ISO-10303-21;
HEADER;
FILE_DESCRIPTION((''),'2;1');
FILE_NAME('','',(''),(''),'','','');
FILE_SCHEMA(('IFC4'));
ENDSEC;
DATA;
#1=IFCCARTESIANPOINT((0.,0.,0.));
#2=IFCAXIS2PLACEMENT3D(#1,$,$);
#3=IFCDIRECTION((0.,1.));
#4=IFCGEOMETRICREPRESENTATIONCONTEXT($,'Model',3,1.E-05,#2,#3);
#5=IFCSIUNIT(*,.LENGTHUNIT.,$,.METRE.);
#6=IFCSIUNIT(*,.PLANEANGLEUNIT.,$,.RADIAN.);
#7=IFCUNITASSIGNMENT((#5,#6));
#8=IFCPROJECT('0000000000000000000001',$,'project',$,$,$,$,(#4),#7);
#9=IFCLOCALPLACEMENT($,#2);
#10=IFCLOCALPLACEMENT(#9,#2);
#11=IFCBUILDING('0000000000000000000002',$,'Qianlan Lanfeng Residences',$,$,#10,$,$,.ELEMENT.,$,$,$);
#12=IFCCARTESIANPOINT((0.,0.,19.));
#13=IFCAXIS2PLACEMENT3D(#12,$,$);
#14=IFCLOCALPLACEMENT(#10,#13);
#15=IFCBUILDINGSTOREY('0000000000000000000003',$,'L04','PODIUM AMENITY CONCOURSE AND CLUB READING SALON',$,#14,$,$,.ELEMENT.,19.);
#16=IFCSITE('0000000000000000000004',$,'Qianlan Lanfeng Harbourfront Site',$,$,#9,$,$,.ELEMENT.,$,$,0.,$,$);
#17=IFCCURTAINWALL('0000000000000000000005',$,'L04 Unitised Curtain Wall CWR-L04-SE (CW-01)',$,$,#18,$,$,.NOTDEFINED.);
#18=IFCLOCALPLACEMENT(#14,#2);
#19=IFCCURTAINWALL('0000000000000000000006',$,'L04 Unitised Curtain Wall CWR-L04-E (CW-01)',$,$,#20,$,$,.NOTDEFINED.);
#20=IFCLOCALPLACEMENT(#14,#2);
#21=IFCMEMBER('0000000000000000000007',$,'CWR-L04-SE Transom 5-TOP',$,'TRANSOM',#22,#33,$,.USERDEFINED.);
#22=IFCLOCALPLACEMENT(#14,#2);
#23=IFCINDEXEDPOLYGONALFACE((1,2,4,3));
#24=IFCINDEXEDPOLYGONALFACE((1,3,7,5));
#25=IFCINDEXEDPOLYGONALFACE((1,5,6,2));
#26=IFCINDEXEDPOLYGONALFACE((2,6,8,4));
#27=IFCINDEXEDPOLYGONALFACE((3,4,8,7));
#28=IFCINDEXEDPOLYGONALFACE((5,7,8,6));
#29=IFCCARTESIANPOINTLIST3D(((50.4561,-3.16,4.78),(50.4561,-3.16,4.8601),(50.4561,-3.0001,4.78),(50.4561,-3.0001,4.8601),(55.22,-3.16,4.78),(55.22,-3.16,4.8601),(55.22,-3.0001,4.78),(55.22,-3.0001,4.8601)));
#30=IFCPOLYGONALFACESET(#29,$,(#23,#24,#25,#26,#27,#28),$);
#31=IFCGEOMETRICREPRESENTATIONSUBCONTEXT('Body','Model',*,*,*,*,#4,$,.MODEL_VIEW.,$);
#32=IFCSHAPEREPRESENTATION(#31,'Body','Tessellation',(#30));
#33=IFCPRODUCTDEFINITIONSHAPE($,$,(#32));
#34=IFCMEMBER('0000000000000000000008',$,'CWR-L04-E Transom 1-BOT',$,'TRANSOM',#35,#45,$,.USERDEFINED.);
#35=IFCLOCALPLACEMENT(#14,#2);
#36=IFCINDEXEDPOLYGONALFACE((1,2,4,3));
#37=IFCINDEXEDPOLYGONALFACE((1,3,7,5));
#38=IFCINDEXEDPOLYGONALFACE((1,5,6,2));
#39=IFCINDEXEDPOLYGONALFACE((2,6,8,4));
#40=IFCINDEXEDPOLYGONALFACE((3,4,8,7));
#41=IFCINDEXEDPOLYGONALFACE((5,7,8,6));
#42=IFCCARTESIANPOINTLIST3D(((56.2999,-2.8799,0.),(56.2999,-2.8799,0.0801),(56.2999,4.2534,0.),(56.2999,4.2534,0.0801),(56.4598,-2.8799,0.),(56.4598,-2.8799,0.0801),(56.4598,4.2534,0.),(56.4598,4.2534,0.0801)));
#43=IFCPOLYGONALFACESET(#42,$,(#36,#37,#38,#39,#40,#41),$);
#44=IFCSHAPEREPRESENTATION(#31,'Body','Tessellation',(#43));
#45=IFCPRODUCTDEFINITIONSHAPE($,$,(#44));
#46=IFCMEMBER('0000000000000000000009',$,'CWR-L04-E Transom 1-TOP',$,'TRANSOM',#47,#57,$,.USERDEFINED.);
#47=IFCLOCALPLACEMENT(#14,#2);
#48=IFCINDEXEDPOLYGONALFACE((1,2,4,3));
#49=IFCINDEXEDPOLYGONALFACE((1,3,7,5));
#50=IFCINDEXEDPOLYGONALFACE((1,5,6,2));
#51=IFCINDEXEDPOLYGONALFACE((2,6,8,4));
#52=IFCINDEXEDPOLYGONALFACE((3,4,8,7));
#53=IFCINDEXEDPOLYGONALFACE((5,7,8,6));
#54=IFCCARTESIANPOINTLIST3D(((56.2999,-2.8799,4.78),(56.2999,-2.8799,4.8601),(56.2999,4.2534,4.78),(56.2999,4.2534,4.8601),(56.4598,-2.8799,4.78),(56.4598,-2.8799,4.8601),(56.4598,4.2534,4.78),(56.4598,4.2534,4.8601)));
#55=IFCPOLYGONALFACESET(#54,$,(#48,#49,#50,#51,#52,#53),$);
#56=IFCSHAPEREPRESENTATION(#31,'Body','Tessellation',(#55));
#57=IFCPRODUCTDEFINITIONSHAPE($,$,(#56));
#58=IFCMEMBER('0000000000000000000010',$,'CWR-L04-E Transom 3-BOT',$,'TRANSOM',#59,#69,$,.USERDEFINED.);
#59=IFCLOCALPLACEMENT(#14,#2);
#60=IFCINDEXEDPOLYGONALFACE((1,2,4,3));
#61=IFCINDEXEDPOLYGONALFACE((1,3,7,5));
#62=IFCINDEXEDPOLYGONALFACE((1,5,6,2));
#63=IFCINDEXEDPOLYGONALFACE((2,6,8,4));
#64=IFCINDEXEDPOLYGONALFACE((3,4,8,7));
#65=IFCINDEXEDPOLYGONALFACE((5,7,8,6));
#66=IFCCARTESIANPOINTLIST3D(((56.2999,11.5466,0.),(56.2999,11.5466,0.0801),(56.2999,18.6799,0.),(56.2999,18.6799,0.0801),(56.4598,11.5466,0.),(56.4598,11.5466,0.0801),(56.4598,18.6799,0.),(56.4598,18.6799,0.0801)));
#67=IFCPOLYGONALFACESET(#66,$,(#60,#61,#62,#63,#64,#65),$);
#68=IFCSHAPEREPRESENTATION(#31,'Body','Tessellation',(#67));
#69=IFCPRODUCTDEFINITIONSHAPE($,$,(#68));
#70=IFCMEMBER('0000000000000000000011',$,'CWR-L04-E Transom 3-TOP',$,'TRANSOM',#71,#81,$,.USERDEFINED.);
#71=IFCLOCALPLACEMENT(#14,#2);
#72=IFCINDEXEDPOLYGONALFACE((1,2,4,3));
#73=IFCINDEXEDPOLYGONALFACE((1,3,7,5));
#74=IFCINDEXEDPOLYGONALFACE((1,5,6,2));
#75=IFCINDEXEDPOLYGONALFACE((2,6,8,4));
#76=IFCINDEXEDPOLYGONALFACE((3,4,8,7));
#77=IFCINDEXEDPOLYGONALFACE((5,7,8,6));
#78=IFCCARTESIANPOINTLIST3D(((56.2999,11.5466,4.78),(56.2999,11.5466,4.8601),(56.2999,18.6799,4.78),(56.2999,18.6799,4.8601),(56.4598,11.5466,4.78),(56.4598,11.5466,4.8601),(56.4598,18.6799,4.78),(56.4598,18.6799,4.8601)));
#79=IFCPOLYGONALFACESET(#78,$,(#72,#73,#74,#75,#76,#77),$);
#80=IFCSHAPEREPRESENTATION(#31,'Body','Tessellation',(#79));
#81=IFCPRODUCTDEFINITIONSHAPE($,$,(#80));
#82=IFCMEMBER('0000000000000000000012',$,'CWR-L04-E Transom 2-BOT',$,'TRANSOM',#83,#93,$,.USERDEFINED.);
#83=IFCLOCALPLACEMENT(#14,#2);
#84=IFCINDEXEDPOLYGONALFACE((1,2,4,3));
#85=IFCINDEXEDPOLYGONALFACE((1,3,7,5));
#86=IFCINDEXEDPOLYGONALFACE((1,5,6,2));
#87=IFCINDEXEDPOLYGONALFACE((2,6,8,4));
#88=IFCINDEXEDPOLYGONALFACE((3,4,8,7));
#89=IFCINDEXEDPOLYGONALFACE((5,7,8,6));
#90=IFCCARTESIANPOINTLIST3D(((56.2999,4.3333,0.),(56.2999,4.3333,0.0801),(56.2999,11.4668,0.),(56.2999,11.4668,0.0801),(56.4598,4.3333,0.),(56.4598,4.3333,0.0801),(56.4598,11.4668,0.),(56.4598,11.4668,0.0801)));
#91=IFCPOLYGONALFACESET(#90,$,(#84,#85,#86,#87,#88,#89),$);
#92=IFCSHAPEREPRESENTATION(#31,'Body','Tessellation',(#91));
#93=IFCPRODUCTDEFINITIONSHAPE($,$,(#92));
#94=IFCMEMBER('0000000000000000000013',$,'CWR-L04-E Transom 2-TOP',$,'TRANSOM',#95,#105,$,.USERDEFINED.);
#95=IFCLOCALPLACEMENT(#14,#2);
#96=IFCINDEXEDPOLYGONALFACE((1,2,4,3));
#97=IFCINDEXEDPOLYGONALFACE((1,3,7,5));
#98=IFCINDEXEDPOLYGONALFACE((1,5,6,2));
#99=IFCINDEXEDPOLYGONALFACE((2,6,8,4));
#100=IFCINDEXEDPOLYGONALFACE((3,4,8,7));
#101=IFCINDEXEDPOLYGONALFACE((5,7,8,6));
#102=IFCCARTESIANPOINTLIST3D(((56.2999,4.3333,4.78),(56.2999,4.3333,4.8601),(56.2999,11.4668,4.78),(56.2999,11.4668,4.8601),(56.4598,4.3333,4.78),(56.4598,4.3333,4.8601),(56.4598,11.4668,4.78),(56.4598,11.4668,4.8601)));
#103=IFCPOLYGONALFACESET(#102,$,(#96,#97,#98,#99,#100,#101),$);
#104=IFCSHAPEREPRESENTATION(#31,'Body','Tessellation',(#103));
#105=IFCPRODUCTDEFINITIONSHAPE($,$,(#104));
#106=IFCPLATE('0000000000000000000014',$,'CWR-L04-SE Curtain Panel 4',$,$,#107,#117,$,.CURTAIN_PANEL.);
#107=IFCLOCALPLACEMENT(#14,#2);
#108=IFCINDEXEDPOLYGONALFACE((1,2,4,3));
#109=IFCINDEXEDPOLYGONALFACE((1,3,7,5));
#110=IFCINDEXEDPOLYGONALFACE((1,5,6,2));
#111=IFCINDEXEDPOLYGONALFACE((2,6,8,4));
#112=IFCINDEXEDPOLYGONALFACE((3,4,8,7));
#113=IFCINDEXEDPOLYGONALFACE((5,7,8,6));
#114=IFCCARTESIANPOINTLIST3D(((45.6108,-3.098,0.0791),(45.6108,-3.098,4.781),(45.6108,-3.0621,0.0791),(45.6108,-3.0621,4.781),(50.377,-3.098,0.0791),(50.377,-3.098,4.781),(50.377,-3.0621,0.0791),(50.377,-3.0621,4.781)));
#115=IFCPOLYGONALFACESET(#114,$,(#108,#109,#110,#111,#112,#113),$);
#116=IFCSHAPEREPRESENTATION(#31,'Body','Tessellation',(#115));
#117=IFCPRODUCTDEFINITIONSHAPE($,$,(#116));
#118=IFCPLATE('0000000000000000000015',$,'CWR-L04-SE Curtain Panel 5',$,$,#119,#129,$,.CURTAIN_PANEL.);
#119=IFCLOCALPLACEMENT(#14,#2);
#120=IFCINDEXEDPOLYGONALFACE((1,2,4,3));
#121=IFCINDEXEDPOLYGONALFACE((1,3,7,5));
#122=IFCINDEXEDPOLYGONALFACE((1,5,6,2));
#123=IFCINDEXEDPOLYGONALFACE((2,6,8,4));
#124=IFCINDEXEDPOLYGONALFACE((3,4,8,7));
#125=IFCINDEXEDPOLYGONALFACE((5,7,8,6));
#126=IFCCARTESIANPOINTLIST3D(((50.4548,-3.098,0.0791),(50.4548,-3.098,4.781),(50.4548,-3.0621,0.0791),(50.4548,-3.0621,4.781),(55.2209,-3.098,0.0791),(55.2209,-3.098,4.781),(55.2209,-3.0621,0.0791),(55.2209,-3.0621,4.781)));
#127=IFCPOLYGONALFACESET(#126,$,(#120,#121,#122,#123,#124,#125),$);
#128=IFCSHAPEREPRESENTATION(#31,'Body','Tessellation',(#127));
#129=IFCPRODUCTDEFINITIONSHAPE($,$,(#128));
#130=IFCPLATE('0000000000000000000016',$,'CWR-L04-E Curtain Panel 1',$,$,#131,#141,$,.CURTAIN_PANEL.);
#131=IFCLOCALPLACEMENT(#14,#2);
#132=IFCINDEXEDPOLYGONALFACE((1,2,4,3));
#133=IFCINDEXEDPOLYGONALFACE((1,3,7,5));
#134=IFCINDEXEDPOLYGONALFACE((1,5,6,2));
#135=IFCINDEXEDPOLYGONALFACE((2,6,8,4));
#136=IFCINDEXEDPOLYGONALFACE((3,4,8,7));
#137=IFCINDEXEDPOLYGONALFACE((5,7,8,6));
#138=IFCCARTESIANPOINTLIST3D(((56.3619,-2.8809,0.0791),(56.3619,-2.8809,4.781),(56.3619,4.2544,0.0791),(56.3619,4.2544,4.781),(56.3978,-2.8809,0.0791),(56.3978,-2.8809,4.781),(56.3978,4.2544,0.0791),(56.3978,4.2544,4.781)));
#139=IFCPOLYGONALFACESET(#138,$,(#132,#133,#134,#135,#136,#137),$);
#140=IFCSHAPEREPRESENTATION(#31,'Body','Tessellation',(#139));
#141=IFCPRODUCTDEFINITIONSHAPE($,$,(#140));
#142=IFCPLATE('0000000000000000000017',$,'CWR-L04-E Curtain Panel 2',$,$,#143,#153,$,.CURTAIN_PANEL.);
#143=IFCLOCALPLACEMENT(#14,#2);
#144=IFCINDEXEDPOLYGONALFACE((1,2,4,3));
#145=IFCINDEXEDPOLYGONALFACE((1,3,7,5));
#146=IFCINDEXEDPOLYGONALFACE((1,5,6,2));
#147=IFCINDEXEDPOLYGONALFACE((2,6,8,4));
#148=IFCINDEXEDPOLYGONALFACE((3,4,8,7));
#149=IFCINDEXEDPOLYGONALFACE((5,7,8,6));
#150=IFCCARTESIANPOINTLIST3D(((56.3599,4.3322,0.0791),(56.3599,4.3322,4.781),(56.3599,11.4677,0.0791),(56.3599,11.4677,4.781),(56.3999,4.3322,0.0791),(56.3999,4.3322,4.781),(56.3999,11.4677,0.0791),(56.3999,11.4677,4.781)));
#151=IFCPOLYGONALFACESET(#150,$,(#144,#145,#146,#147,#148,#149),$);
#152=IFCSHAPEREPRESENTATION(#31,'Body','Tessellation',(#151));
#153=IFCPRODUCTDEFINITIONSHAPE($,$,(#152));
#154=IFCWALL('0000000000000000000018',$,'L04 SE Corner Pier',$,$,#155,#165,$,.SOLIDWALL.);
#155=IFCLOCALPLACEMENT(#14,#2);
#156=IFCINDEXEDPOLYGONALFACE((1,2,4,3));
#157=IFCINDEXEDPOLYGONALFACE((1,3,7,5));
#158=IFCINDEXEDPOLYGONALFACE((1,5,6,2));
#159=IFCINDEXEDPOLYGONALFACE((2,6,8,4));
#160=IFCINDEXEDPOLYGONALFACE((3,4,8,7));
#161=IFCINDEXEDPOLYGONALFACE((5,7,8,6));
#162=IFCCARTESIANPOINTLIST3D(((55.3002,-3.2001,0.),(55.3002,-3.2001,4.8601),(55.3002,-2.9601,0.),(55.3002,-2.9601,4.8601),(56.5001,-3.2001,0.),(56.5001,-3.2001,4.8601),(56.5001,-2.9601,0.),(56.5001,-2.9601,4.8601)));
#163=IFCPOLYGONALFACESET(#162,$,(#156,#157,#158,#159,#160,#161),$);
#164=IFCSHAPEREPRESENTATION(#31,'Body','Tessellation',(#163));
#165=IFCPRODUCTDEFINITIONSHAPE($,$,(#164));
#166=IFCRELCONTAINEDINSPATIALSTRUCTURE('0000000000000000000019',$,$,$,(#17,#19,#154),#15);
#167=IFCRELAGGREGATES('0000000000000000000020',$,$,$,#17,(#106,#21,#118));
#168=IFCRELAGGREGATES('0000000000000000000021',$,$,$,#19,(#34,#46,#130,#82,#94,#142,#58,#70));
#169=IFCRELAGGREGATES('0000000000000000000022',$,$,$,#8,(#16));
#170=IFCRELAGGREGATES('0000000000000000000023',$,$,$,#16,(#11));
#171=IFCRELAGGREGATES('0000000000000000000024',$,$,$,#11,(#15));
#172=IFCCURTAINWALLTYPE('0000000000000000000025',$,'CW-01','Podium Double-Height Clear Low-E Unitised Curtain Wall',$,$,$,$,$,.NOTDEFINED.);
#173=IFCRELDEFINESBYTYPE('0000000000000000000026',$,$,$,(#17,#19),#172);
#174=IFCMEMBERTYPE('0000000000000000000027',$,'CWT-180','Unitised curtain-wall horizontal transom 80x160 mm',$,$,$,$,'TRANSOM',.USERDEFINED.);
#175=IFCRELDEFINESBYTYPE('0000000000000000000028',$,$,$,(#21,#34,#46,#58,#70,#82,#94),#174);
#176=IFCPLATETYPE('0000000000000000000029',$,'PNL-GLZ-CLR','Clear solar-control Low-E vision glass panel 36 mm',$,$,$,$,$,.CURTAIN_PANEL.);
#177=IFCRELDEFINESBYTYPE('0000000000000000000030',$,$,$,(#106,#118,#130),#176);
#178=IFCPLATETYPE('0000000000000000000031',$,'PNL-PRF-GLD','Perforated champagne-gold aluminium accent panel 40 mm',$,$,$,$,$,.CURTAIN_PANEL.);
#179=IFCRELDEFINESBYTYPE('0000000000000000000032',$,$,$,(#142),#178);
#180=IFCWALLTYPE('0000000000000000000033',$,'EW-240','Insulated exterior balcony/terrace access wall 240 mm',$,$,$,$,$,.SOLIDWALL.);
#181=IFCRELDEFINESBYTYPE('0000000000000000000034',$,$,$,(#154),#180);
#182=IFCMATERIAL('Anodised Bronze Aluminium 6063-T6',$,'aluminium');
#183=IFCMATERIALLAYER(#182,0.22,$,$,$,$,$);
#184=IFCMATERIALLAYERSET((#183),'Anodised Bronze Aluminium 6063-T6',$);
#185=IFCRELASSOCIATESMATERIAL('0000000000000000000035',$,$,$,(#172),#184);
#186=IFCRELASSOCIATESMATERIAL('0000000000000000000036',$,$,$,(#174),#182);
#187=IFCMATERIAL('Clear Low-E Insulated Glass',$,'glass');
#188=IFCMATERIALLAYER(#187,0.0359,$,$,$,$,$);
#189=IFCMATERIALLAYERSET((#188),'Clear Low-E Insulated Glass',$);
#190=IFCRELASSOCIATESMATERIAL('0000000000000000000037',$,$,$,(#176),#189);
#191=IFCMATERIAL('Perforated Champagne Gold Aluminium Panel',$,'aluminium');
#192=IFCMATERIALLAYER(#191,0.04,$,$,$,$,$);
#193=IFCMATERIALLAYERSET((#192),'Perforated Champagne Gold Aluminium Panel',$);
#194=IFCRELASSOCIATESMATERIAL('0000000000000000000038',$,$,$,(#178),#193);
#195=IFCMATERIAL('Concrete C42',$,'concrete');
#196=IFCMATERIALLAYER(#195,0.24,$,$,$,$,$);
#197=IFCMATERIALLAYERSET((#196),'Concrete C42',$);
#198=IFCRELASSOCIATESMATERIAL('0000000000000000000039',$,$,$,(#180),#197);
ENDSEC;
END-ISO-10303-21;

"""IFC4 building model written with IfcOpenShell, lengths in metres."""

from ifc_helpers import new_model, si_unit, direction, frame, frame_2d, origin, origin_2d, place, context, subcontext, project, spatial, rectangle, extrude, source, transform, mapped, material, layer, layer_set, material_profile, profile_set, type_object, element, aggregate, save


model = new_model("IFC4")

# Units and contexts
model_context = context("Model", 3, precision=1e-05, world=origin(), true_north=direction((0.0, 1.0)))
body_context = subcontext(model_context, "Body", "Model", "MODEL_VIEW")
ifc_project = project(units=[si_unit("LENGTHUNIT", "METRE"), si_unit("PLANEANGLEUNIT", "RADIAN")], contexts=[model_context])

# Site, building, storey
site_placement = place(None, origin())
site = spatial("IfcSite", under=ifc_project, at=site_placement, Name="Qianlan Lanfeng Harbourfront Site", CompositionType="ELEMENT", RefElevation=0.0)
building_placement = place(site_placement, origin())
building = spatial("IfcBuilding", under=site, at=building_placement, Name="Qianlan Lanfeng Residences", CompositionType="ELEMENT")
storey_placement = place(building_placement, frame((0.0, 0.0, 19.0)))
storey = spatial("IfcBuildingStorey", under=building, at=storey_placement, Name="L04", Description="PODIUM AMENITY CONCOURSE AND CLUB READING SALON", CompositionType="ELEMENT", Elevation=19.0)

# Curtain walls
ifc_material_1 = material(Name="Anodised Bronze Aluminium 6063-T6", Category="aluminium")
ifc_layer_1 = layer(ifc_material_1, 0.22)
ifc_layer_set_1 = layer_set([ifc_layer_1], Name="Anodised Bronze Aluminium 6063-T6")
curtain_wall_type = type_object("IfcCurtainWallType", Name="CW-01", Description="Podium Double-Height Clear Low-E Unitised Curtain Wall", PredefinedType="NOTDEFINED", material=ifc_layer_set_1)
curtain_wall_1_placement = place(storey_placement, origin())
curtain_wall_1 = element("IfcCurtainWall", 1, at=curtain_wall_1_placement, inside=storey, type_object=curtain_wall_type, Name="L04 Unitised Curtain Wall CWR-L04-SE (CW-01)", PredefinedType="NOTDEFINED")
curtain_wall_2_placement = place(storey_placement, origin())
curtain_wall_2 = element("IfcCurtainWall", 2, at=curtain_wall_2_placement, inside=storey, type_object=curtain_wall_type, Name="L04 Unitised Curtain Wall CWR-L04-E (CW-01)", PredefinedType="NOTDEFINED")

# Members
ifc_material_profile_1 = material_profile(ifc_material_1, rectangle(XDim=0.0801, YDim=0.1599, at=origin_2d()), Name="ALU TRANSOM 80x160")
ifc_profile_set_1 = profile_set([ifc_material_profile_1], Name="Anodised Bronze Aluminium 6063-T6")
member_type_1 = type_object("IfcMemberType", Name="CWT-180", Description="Unitised curtain-wall horizontal transom 80x160 mm", ElementType="TRANSOM", PredefinedType="USERDEFINED", material=ifc_profile_set_1)
shared_shape_1 = source(origin(), body_context, "Body", "SweptSolid", [
    extrude(rectangle(XDim=0.0801, YDim=0.1599, at=origin_2d()), origin(), (0.0, 0.0, 1.0), 4.7639),
])
member_1_placement = place(storey_placement, frame((50.4561, -3.0801, 4.8201), z_axis=(1.0, 0.0, 0.0), x_axis=(0.0, 0.0, 1.0)))
member_1 = element("IfcMember", 3, at=member_1_placement, type_object=member_type_1, Name="CWR-L04-SE Transom 5-TOP", ObjectType="TRANSOM", PredefinedType="USERDEFINED", context=body_context, shape_type="MappedRepresentation", body=[
    mapped(shared_shape_1, transform((0.0, 0.0, 0.0), scale=1.0)),
])
shared_shape_2 = source(origin(), body_context, "Body", "SweptSolid", [
    extrude(rectangle(XDim=0.0801, YDim=0.1599, at=origin_2d()), origin(), (0.0, 0.0, 1.0), 7.1333),
])
member_2_placement = place(storey_placement, frame((56.3799, -2.8799, 0.04), z_axis=(0.0, 1.0, 0.0), x_axis=(0.0, 0.0, 1.0)))
member_2 = element("IfcMember", 4, at=member_2_placement, type_object=member_type_1, Name="CWR-L04-E Transom 1-BOT", ObjectType="TRANSOM", PredefinedType="USERDEFINED", context=body_context, shape_type="MappedRepresentation", body=[
    mapped(shared_shape_2, transform((0.0, 0.0, 0.0), scale=1.0)),
])
member_3_placement = place(storey_placement, frame((56.3799, -2.8799, 4.8201), z_axis=(0.0, 1.0, 0.0), x_axis=(0.0, 0.0, 1.0)))
member_3 = element("IfcMember", 5, at=member_3_placement, type_object=member_type_1, Name="CWR-L04-E Transom 1-TOP", ObjectType="TRANSOM", PredefinedType="USERDEFINED", context=body_context, shape_type="MappedRepresentation", body=[
    mapped(shared_shape_2, transform((0.0, 0.0, 0.0), scale=1.0)),
])
member_4_placement = place(storey_placement, frame((56.3799, 11.5466, 0.04), z_axis=(0.0, 1.0, 0.0), x_axis=(0.0, 0.0, 1.0)))
member_4 = element("IfcMember", 6, at=member_4_placement, type_object=member_type_1, Name="CWR-L04-E Transom 3-BOT", ObjectType="TRANSOM", PredefinedType="USERDEFINED", context=body_context, shape_type="MappedRepresentation", body=[
    mapped(shared_shape_2, transform((0.0, 0.0, 0.0), scale=1.0)),
])
member_5_placement = place(storey_placement, frame((56.3799, 11.5466, 4.8201), z_axis=(0.0, 1.0, 0.0), x_axis=(0.0, 0.0, 1.0)))
member_5 = element("IfcMember", 7, at=member_5_placement, type_object=member_type_1, Name="CWR-L04-E Transom 3-TOP", ObjectType="TRANSOM", PredefinedType="USERDEFINED", context=body_context, shape_type="MappedRepresentation", body=[
    mapped(shared_shape_2, transform((0.0, 0.0, 0.0), scale=1.0)),
])
shared_shape_3 = source(origin(), body_context, "Body", "SweptSolid", [
    extrude(rectangle(XDim=0.0801, YDim=0.1599, at=origin_2d()), origin(), (0.0, 0.0, 1.0), 7.1335),
])
member_6_placement = place(storey_placement, frame((56.3799, 4.3333, 0.04), z_axis=(0.0, 1.0, 0.0), x_axis=(0.0, 0.0, 1.0)))
member_6 = element("IfcMember", 8, at=member_6_placement, type_object=member_type_1, Name="CWR-L04-E Transom 2-BOT", ObjectType="TRANSOM", PredefinedType="USERDEFINED", context=body_context, shape_type="MappedRepresentation", body=[
    mapped(shared_shape_3, transform((0.0, 0.0, 0.0), scale=1.0)),
])
member_7_placement = place(storey_placement, frame((56.3799, 4.3333, 4.8201), z_axis=(0.0, 1.0, 0.0), x_axis=(0.0, 0.0, 1.0)))
member_7 = element("IfcMember", 9, at=member_7_placement, type_object=member_type_1, Name="CWR-L04-E Transom 2-TOP", ObjectType="TRANSOM", PredefinedType="USERDEFINED", context=body_context, shape_type="MappedRepresentation", body=[
    mapped(shared_shape_3, transform((0.0, 0.0, 0.0), scale=1.0)),
])

# Plates
ifc_material_2 = material(Name="Clear Low-E Insulated Glass", Category="glass")
ifc_layer_2 = layer(ifc_material_2, 0.0359)
ifc_layer_set_2 = layer_set([ifc_layer_2], Name="Clear Low-E Insulated Glass")
plate_type_1 = type_object("IfcPlateType", Name="PNL-GLZ-CLR", Description="Clear solar-control Low-E vision glass panel 36 mm", PredefinedType="CURTAIN_PANEL", material=ifc_layer_set_2)
shared_shape_4 = source(origin(), body_context, "Body", "SweptSolid", [
    extrude(rectangle(XDim=4.7661, YDim=0.0359, at=origin_2d()), origin(), (0.0, 0.0, 1.0), 4.7019),
])
plate_1_placement = place(storey_placement, frame((47.9939, -3.0801, 0.0791), z_axis=(0.0, 0.0, 1.0), x_axis=(1.0, 0.0, 0.0)))
plate_1 = element("IfcPlate", 10, at=plate_1_placement, type_object=plate_type_1, Name="CWR-L04-SE Curtain Panel 4", PredefinedType="CURTAIN_PANEL", context=body_context, shape_type="MappedRepresentation", body=[
    mapped(shared_shape_4, transform((0.0, 0.0, 0.0), scale=1.0)),
])
plate_2_placement = place(storey_placement, frame((52.8379, -3.0801, 0.0791), z_axis=(0.0, 0.0, 1.0), x_axis=(1.0, 0.0, 0.0)))
plate_2 = element("IfcPlate", 11, at=plate_2_placement, type_object=plate_type_1, Name="CWR-L04-SE Curtain Panel 5", PredefinedType="CURTAIN_PANEL", context=body_context, shape_type="MappedRepresentation", body=[
    mapped(shared_shape_4, transform((0.0, 0.0, 0.0), scale=1.0)),
])
aggregate(curtain_wall_1, [plate_1, member_1, plate_2])
shared_shape_5 = source(origin(), body_context, "Body", "SweptSolid", [
    extrude(rectangle(XDim=7.1353, YDim=0.0359, at=origin_2d()), origin(), (0.0, 0.0, 1.0), 4.7019),
])
plate_3_placement = place(storey_placement, frame((56.3799, 0.6868, 0.0791), z_axis=(0.0, 0.0, 1.0), x_axis=(0.0, 1.0, 0.0)))
plate_3 = element("IfcPlate", 12, at=plate_3_placement, type_object=plate_type_1, Name="CWR-L04-E Curtain Panel 1", PredefinedType="CURTAIN_PANEL", context=body_context, shape_type="MappedRepresentation", body=[
    mapped(shared_shape_5, transform((0.0, 0.0, 0.0), scale=1.0)),
])
ifc_material_3 = material(Name="Perforated Champagne Gold Aluminium Panel", Category="aluminium")
ifc_layer_3 = layer(ifc_material_3, 0.04)
ifc_layer_set_3 = layer_set([ifc_layer_3], Name="Perforated Champagne Gold Aluminium Panel")
plate_type_2 = type_object("IfcPlateType", Name="PNL-PRF-GLD", Description="Perforated champagne-gold aluminium accent panel 40 mm", PredefinedType="CURTAIN_PANEL", material=ifc_layer_set_3)
shared_shape_6 = source(origin(), body_context, "Body", "SweptSolid", [
    extrude(rectangle(XDim=7.1355, YDim=0.04, at=origin_2d()), origin(), (0.0, 0.0, 1.0), 4.7019),
])
plate_4_placement = place(storey_placement, frame((56.3799, 7.8999, 0.0791), z_axis=(0.0, 0.0, 1.0), x_axis=(0.0, 1.0, 0.0)))
plate_4 = element("IfcPlate", 13, at=plate_4_placement, type_object=plate_type_2, Name="CWR-L04-E Curtain Panel 2", PredefinedType="CURTAIN_PANEL", context=body_context, shape_type="MappedRepresentation", body=[
    mapped(shared_shape_6, transform((0.0, 0.0, 0.0), scale=1.0)),
])
aggregate(curtain_wall_2, [member_2, member_3, plate_3, member_6, member_7, plate_4, member_4, member_5])

# Wall
ifc_material_4 = material(Name="Concrete C42", Category="concrete")
ifc_layer_4 = layer(ifc_material_4, 0.24)
ifc_layer_set_4 = layer_set([ifc_layer_4], Name="Concrete C42")
wall_type = type_object("IfcWallType", Name="EW-240", Description="Insulated exterior balcony/terrace access wall 240 mm", PredefinedType="SOLIDWALL", material=ifc_layer_set_4)
wall_placement = place(storey_placement, frame((55.3, -3.0801, 0.0), z_axis=(0.0, 0.0, 1.0), x_axis=(1.0, 0.0, 0.0)))
element("IfcWall", 14, at=wall_placement, inside=storey, type_object=wall_type, Name="L04 SE Corner Pier", PredefinedType="SOLIDWALL", context=body_context, shape_type="SweptSolid", body=[
    extrude(rectangle(XDim=1.2, YDim=0.24, at=frame_2d((0.6001, 0.0))), origin(), (0.0, 0.0, 1.0), 4.8601),
])

save(model, "model.ifc")
